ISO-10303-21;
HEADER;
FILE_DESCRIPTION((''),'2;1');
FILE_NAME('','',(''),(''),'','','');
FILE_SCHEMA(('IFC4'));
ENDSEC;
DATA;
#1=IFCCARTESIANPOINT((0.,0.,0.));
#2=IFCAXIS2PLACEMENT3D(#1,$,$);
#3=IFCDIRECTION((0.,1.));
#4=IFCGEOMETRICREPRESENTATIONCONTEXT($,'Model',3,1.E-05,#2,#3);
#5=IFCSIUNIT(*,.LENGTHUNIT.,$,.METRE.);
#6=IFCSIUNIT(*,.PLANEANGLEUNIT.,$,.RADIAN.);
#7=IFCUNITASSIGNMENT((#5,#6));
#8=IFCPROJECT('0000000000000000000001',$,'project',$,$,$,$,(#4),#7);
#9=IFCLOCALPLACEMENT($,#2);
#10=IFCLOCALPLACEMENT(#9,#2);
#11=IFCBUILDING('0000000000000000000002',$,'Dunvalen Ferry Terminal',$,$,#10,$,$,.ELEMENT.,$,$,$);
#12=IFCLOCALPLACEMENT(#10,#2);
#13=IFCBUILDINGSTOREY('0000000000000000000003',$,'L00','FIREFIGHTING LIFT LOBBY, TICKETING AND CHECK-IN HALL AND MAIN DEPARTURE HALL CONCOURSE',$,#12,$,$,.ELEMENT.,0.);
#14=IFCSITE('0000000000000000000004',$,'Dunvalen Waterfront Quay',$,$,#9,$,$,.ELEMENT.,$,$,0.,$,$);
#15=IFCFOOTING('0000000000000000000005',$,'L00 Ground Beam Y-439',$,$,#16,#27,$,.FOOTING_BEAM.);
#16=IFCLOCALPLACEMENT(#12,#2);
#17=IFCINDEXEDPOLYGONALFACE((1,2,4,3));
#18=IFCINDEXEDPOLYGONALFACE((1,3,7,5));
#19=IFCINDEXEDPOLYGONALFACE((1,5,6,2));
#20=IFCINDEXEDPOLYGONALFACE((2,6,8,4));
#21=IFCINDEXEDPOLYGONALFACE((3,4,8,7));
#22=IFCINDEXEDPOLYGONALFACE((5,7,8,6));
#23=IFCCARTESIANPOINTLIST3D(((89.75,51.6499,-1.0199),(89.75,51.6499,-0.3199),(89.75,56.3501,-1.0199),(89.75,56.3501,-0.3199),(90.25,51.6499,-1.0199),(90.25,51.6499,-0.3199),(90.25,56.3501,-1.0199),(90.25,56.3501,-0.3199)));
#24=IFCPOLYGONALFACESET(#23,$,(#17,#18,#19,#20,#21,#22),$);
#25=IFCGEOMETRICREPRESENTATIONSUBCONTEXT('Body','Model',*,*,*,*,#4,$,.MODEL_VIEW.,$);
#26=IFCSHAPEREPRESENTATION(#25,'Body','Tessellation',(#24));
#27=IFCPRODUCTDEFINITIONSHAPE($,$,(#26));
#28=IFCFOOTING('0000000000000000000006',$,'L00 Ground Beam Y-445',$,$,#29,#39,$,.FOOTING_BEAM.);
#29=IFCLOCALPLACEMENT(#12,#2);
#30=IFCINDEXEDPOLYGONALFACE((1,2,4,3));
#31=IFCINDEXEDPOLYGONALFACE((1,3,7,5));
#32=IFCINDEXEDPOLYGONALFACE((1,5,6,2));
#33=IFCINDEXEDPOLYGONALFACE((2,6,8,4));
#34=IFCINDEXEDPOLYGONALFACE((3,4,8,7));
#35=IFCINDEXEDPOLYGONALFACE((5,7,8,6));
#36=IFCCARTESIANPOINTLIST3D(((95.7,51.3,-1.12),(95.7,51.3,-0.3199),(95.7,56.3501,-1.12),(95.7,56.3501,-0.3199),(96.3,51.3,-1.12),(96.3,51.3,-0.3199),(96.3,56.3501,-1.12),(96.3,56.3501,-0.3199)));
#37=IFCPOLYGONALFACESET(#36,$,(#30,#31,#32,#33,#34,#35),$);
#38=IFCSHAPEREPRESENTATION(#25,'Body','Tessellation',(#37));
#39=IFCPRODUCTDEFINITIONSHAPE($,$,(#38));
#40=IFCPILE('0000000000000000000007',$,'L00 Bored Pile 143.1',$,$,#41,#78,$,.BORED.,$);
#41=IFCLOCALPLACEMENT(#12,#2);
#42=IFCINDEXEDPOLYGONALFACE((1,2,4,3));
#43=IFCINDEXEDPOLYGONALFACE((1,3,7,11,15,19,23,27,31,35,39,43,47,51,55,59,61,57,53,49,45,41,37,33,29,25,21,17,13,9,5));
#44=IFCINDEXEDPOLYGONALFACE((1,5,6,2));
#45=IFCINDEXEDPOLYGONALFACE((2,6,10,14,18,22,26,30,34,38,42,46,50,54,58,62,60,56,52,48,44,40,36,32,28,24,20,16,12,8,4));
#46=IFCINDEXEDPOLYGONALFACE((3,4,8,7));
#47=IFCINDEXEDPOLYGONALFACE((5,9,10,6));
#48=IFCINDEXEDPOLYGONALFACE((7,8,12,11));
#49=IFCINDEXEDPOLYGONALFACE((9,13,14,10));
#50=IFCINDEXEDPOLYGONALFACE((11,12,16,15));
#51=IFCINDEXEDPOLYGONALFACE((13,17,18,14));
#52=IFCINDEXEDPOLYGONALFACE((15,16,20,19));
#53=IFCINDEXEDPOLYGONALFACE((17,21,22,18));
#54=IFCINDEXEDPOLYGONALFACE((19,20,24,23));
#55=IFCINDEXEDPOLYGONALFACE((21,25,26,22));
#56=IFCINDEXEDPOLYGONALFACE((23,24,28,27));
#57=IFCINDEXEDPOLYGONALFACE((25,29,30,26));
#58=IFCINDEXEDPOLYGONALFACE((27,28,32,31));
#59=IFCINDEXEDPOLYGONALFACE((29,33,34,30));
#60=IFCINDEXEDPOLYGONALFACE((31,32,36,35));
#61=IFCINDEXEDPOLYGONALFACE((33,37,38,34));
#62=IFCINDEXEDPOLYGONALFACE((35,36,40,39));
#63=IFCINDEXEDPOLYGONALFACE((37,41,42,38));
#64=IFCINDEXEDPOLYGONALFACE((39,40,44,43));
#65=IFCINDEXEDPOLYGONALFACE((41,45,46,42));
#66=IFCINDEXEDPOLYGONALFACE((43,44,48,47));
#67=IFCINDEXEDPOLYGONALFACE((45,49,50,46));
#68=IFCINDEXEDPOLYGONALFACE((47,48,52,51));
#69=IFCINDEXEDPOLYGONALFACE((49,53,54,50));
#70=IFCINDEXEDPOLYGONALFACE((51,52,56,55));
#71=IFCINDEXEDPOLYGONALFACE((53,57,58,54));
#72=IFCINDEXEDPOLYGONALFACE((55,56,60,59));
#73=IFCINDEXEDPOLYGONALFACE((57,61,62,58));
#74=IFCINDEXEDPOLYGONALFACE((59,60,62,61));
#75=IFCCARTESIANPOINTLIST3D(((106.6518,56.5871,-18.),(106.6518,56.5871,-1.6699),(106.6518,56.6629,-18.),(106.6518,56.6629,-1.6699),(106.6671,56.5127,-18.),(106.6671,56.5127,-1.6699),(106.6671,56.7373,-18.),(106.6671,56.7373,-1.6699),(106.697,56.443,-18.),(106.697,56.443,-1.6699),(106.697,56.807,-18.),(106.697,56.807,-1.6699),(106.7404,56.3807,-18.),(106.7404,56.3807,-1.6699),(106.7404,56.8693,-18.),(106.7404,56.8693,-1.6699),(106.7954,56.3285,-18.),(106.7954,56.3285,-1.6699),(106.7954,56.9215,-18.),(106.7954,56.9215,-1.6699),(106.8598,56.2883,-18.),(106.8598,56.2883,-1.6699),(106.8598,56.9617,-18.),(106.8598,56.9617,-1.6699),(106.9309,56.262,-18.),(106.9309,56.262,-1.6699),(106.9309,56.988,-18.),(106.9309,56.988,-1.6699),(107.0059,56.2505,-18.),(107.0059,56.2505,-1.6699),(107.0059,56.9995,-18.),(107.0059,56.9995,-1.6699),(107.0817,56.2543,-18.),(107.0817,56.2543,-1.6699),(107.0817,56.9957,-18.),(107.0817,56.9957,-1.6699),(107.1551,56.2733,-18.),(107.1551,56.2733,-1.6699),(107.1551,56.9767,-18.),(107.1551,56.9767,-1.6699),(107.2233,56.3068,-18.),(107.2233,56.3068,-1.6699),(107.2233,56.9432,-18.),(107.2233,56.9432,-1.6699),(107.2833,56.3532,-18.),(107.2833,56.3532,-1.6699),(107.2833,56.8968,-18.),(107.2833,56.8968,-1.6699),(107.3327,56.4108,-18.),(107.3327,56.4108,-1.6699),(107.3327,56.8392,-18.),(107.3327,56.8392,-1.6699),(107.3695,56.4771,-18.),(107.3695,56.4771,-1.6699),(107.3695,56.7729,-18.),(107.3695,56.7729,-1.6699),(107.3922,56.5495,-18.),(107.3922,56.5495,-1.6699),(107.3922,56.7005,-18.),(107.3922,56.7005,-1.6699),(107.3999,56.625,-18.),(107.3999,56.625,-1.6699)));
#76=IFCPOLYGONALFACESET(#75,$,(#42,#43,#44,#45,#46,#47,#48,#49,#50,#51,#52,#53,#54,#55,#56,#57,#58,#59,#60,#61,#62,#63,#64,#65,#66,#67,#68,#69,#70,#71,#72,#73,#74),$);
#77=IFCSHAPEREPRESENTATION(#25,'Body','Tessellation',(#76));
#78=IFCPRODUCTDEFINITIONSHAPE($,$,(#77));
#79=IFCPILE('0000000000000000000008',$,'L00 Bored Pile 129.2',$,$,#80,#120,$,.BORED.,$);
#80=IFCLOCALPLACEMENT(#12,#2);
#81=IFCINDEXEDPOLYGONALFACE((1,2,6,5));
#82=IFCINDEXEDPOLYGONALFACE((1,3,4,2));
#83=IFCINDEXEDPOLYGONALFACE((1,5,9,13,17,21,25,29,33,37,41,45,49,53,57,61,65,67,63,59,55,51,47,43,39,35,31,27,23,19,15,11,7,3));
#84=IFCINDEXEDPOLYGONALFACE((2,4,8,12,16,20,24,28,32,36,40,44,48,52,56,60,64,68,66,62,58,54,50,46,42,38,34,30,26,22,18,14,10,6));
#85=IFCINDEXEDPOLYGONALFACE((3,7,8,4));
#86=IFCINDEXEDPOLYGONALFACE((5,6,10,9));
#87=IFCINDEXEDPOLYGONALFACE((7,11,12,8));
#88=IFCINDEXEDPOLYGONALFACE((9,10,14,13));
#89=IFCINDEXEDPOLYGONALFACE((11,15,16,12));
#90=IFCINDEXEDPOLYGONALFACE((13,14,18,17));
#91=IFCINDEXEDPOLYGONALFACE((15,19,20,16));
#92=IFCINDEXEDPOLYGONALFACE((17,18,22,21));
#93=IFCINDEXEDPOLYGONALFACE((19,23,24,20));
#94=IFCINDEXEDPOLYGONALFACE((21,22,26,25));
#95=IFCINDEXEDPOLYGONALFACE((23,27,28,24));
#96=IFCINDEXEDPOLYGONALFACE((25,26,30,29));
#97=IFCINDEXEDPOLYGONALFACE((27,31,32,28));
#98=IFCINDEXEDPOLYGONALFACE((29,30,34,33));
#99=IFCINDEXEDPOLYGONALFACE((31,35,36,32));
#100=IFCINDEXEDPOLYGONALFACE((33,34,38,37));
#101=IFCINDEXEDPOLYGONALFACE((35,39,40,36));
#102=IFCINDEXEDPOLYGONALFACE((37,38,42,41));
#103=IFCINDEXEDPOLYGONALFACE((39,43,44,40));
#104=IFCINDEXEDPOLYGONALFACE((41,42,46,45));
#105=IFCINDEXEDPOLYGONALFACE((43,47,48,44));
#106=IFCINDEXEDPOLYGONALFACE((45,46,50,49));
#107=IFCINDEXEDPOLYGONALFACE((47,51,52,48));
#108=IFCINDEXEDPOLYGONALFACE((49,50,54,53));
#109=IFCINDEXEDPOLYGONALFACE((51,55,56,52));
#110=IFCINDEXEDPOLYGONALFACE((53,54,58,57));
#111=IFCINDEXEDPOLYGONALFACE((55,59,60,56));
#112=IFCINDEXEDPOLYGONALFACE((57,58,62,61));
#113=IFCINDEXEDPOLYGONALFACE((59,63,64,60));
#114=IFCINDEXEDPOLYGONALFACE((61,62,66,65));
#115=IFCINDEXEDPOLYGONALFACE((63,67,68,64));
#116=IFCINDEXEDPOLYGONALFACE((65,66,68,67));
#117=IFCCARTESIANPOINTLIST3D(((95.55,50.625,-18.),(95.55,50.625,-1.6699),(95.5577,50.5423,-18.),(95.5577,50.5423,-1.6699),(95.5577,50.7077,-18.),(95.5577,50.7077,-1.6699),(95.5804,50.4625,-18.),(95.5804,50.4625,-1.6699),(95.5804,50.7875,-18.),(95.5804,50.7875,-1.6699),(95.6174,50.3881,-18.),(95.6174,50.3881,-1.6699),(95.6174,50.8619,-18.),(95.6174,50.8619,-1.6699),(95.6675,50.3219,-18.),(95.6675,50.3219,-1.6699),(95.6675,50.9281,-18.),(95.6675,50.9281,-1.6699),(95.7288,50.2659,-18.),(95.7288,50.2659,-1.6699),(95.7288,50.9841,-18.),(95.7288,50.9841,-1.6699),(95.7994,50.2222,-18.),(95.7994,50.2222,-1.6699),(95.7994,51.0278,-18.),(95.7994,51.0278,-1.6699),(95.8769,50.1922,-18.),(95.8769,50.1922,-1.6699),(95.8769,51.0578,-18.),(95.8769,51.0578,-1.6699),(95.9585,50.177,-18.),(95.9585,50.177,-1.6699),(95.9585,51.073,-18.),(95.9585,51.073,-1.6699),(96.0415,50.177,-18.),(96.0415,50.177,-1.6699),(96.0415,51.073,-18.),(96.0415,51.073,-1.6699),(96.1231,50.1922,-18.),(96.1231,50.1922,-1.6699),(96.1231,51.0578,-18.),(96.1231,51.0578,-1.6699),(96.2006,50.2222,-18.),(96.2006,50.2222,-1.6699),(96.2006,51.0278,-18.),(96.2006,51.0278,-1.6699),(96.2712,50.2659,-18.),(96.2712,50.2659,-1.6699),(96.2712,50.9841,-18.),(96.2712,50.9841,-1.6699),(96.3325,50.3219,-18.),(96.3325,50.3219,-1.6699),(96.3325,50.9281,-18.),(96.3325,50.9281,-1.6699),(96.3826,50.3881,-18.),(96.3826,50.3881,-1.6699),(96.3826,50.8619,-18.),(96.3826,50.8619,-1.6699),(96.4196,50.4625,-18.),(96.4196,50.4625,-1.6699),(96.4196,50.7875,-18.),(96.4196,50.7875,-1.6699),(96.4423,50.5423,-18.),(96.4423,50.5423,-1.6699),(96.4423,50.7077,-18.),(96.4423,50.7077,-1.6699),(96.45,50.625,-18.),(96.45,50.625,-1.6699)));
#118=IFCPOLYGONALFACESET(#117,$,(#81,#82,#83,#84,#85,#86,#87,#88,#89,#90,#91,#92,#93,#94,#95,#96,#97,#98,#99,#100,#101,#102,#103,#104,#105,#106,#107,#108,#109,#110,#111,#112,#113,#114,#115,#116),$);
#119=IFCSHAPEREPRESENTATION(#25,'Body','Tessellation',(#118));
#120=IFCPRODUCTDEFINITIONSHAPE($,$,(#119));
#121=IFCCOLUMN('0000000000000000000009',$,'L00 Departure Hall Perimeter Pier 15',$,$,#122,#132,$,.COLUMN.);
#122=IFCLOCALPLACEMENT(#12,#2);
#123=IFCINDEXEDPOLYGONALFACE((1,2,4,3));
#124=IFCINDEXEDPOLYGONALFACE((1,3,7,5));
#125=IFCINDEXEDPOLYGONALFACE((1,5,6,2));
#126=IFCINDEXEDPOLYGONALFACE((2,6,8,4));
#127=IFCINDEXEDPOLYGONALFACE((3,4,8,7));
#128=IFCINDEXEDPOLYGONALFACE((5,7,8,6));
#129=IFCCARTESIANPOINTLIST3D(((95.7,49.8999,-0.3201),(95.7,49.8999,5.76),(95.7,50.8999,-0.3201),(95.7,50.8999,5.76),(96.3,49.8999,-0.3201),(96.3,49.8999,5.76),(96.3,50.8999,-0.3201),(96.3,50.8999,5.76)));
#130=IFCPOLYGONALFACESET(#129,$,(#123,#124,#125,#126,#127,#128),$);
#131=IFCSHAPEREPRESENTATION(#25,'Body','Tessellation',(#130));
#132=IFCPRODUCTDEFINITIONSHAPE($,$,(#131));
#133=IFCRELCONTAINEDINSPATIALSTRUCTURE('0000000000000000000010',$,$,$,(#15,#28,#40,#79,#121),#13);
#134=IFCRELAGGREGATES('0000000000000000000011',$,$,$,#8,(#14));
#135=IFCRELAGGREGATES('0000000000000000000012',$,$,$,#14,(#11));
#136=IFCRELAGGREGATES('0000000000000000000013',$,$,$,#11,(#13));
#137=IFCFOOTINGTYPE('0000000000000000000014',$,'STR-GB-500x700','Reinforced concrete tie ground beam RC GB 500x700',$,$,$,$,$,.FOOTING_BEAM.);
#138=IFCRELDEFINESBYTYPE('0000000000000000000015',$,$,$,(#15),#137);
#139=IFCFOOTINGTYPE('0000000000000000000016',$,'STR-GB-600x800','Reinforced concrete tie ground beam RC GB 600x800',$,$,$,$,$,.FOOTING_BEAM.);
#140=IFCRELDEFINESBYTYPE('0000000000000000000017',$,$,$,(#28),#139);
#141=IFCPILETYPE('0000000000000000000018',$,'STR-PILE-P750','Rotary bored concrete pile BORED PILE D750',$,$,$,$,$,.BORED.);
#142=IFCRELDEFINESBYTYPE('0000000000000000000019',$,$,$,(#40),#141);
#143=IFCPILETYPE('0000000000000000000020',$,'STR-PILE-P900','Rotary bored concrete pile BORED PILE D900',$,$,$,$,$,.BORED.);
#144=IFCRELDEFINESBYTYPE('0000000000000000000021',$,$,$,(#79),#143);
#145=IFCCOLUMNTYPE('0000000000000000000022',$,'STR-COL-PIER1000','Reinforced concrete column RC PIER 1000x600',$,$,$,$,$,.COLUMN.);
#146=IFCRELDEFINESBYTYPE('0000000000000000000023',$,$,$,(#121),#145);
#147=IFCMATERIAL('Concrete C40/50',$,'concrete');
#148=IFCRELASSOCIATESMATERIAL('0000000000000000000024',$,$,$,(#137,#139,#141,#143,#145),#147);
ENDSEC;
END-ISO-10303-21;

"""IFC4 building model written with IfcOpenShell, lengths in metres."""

from ifc_helpers import new_model, si_unit, direction, frame, origin, origin_2d, place, context, subcontext, project, spatial, rectangle, circle, extrude, material, material_profile, profile_set, type_object, element, save


model = new_model("IFC4")

# Units and contexts
model_context = context("Model", 3, precision=1e-05, world=origin(), true_north=direction((0.0, 1.0)))
body_context = subcontext(model_context, "Body", "Model", "MODEL_VIEW")
ifc_project = project(units=[si_unit("LENGTHUNIT", "METRE"), si_unit("PLANEANGLEUNIT", "RADIAN")], contexts=[model_context])

# Site, building, storey
site_placement = place(None, origin())
site = spatial("IfcSite", under=ifc_project, at=site_placement, Name="Dunvalen Waterfront Quay", CompositionType="ELEMENT", RefElevation=0.0)
building_placement = place(site_placement, origin())
building = spatial("IfcBuilding", under=site, at=building_placement, Name="Dunvalen Ferry Terminal", CompositionType="ELEMENT")
storey_placement = place(building_placement, origin())
storey = spatial("IfcBuildingStorey", under=building, at=storey_placement, Name="L00", Description="FIREFIGHTING LIFT LOBBY, TICKETING AND CHECK-IN HALL AND MAIN DEPARTURE HALL CONCOURSE", CompositionType="ELEMENT", Elevation=0.0)

# Footings
ifc_material_1 = material(Name="Concrete C40/50", Category="concrete")
ifc_material_profile_1 = material_profile(ifc_material_1, rectangle(XDim=0.5, YDim=0.7, at=origin_2d()), Name="Concrete C40/50")
ifc_profile_set_1 = profile_set([ifc_material_profile_1], Name="Concrete C40/50")
footing_type_1 = type_object("IfcFootingType", Name="STR-GB-500x700", Description="Reinforced concrete tie ground beam RC GB 500x700", PredefinedType="FOOTING_BEAM", material=ifc_profile_set_1)
footing_1_placement = place(storey_placement, frame((90.0, 51.6499, -0.6699), z_axis=(0.0, 1.0, 0.0), x_axis=(-1.0, 0.0, 0.0)))
element("IfcFooting", 1, at=footing_1_placement, inside=storey, type_object=footing_type_1, Name="L00 Ground Beam Y-439", PredefinedType="FOOTING_BEAM", context=body_context, shape_type="SweptSolid", body=[
    extrude(rectangle(XDim=0.5, YDim=0.7, at=origin_2d()), origin(), (0.0, 0.0, 1.0), 4.7002),
])
ifc_material_profile_2 = material_profile(ifc_material_1, rectangle(XDim=0.6001, YDim=0.8, at=origin_2d()), Name="Concrete C40/50")
ifc_profile_set_2 = profile_set([ifc_material_profile_2], Name="Concrete C40/50")
footing_type_2 = type_object("IfcFootingType", Name="STR-GB-600x800", Description="Reinforced concrete tie ground beam RC GB 600x800", PredefinedType="FOOTING_BEAM", material=ifc_profile_set_2)
footing_2_placement = place(storey_placement, frame((96.0, 51.3, -0.72), z_axis=(0.0, 1.0, 0.0), x_axis=(-1.0, 0.0, 0.0)))
element("IfcFooting", 2, at=footing_2_placement, inside=storey, type_object=footing_type_2, Name="L00 Ground Beam Y-445", PredefinedType="FOOTING_BEAM", context=body_context, shape_type="SweptSolid", body=[
    extrude(rectangle(XDim=0.6001, YDim=0.8, at=origin_2d()), origin(), (0.0, 0.0, 1.0), 5.05),
])

# Piles
ifc_material_profile_3 = material_profile(ifc_material_1, circle(Radius=0.375, at=origin_2d()), Name="Concrete C40/50")
ifc_profile_set_3 = profile_set([ifc_material_profile_3], Name="Concrete C40/50")
pile_type_1 = type_object("IfcPileType", Name="STR-PILE-P750", Description="Rotary bored concrete pile BORED PILE D750", PredefinedType="BORED", material=ifc_profile_set_3)
pile_1_placement = place(storey_placement, frame((107.0249, 56.625, -1.6699), z_axis=(0.0, 0.0, -1.0), x_axis=(1.0, 0.0, 0.0)))
element("IfcPile", 3, at=pile_1_placement, inside=storey, type_object=pile_type_1, Name="L00 Bored Pile 143.1", PredefinedType="BORED", context=body_context, shape_type="SweptSolid", body=[
    extrude(circle(Radius=0.375, at=origin_2d()), origin(), (0.0, 0.0, 1.0), 16.3301),
])
ifc_material_profile_4 = material_profile(ifc_material_1, circle(Radius=0.45, at=origin_2d()), Name="Concrete C40/50")
ifc_profile_set_4 = profile_set([ifc_material_profile_4], Name="Concrete C40/50")
pile_type_2 = type_object("IfcPileType", Name="STR-PILE-P900", Description="Rotary bored concrete pile BORED PILE D900", PredefinedType="BORED", material=ifc_profile_set_4)
pile_2_placement = place(storey_placement, frame((96.0, 50.625, -1.6699), z_axis=(0.0, 0.0, -1.0), x_axis=(1.0, 0.0, 0.0)))
element("IfcPile", 4, at=pile_2_placement, inside=storey, type_object=pile_type_2, Name="L00 Bored Pile 129.2", PredefinedType="BORED", context=body_context, shape_type="SweptSolid", body=[
    extrude(circle(Radius=0.45, at=origin_2d()), origin(), (0.0, 0.0, 1.0), 16.3301),
])

# Column
ifc_material_profile_5 = material_profile(ifc_material_1, rectangle(XDim=0.6001, YDim=1.0, at=origin_2d()), Name="Concrete C40/50")
ifc_profile_set_5 = profile_set([ifc_material_profile_5], Name="Concrete C40/50")
column_type = type_object("IfcColumnType", Name="STR-COL-PIER1000", Description="Reinforced concrete column RC PIER 1000x600", PredefinedType="COLUMN", material=ifc_profile_set_5)
column_placement = place(storey_placement, frame((96.0, 50.3999, -0.3201), z_axis=(0.0, 0.0, 1.0), x_axis=(1.0, 0.0, 0.0)))
element("IfcColumn", 5, at=column_placement, inside=storey, type_object=column_type, Name="L00 Departure Hall Perimeter Pier 15", PredefinedType="COLUMN", context=body_context, shape_type="SweptSolid", body=[
    extrude(rectangle(XDim=0.6001, YDim=1.0, at=origin_2d()), origin(), (0.0, 0.0, 1.0), 6.0801),
])

save(model, "model.ifc")
